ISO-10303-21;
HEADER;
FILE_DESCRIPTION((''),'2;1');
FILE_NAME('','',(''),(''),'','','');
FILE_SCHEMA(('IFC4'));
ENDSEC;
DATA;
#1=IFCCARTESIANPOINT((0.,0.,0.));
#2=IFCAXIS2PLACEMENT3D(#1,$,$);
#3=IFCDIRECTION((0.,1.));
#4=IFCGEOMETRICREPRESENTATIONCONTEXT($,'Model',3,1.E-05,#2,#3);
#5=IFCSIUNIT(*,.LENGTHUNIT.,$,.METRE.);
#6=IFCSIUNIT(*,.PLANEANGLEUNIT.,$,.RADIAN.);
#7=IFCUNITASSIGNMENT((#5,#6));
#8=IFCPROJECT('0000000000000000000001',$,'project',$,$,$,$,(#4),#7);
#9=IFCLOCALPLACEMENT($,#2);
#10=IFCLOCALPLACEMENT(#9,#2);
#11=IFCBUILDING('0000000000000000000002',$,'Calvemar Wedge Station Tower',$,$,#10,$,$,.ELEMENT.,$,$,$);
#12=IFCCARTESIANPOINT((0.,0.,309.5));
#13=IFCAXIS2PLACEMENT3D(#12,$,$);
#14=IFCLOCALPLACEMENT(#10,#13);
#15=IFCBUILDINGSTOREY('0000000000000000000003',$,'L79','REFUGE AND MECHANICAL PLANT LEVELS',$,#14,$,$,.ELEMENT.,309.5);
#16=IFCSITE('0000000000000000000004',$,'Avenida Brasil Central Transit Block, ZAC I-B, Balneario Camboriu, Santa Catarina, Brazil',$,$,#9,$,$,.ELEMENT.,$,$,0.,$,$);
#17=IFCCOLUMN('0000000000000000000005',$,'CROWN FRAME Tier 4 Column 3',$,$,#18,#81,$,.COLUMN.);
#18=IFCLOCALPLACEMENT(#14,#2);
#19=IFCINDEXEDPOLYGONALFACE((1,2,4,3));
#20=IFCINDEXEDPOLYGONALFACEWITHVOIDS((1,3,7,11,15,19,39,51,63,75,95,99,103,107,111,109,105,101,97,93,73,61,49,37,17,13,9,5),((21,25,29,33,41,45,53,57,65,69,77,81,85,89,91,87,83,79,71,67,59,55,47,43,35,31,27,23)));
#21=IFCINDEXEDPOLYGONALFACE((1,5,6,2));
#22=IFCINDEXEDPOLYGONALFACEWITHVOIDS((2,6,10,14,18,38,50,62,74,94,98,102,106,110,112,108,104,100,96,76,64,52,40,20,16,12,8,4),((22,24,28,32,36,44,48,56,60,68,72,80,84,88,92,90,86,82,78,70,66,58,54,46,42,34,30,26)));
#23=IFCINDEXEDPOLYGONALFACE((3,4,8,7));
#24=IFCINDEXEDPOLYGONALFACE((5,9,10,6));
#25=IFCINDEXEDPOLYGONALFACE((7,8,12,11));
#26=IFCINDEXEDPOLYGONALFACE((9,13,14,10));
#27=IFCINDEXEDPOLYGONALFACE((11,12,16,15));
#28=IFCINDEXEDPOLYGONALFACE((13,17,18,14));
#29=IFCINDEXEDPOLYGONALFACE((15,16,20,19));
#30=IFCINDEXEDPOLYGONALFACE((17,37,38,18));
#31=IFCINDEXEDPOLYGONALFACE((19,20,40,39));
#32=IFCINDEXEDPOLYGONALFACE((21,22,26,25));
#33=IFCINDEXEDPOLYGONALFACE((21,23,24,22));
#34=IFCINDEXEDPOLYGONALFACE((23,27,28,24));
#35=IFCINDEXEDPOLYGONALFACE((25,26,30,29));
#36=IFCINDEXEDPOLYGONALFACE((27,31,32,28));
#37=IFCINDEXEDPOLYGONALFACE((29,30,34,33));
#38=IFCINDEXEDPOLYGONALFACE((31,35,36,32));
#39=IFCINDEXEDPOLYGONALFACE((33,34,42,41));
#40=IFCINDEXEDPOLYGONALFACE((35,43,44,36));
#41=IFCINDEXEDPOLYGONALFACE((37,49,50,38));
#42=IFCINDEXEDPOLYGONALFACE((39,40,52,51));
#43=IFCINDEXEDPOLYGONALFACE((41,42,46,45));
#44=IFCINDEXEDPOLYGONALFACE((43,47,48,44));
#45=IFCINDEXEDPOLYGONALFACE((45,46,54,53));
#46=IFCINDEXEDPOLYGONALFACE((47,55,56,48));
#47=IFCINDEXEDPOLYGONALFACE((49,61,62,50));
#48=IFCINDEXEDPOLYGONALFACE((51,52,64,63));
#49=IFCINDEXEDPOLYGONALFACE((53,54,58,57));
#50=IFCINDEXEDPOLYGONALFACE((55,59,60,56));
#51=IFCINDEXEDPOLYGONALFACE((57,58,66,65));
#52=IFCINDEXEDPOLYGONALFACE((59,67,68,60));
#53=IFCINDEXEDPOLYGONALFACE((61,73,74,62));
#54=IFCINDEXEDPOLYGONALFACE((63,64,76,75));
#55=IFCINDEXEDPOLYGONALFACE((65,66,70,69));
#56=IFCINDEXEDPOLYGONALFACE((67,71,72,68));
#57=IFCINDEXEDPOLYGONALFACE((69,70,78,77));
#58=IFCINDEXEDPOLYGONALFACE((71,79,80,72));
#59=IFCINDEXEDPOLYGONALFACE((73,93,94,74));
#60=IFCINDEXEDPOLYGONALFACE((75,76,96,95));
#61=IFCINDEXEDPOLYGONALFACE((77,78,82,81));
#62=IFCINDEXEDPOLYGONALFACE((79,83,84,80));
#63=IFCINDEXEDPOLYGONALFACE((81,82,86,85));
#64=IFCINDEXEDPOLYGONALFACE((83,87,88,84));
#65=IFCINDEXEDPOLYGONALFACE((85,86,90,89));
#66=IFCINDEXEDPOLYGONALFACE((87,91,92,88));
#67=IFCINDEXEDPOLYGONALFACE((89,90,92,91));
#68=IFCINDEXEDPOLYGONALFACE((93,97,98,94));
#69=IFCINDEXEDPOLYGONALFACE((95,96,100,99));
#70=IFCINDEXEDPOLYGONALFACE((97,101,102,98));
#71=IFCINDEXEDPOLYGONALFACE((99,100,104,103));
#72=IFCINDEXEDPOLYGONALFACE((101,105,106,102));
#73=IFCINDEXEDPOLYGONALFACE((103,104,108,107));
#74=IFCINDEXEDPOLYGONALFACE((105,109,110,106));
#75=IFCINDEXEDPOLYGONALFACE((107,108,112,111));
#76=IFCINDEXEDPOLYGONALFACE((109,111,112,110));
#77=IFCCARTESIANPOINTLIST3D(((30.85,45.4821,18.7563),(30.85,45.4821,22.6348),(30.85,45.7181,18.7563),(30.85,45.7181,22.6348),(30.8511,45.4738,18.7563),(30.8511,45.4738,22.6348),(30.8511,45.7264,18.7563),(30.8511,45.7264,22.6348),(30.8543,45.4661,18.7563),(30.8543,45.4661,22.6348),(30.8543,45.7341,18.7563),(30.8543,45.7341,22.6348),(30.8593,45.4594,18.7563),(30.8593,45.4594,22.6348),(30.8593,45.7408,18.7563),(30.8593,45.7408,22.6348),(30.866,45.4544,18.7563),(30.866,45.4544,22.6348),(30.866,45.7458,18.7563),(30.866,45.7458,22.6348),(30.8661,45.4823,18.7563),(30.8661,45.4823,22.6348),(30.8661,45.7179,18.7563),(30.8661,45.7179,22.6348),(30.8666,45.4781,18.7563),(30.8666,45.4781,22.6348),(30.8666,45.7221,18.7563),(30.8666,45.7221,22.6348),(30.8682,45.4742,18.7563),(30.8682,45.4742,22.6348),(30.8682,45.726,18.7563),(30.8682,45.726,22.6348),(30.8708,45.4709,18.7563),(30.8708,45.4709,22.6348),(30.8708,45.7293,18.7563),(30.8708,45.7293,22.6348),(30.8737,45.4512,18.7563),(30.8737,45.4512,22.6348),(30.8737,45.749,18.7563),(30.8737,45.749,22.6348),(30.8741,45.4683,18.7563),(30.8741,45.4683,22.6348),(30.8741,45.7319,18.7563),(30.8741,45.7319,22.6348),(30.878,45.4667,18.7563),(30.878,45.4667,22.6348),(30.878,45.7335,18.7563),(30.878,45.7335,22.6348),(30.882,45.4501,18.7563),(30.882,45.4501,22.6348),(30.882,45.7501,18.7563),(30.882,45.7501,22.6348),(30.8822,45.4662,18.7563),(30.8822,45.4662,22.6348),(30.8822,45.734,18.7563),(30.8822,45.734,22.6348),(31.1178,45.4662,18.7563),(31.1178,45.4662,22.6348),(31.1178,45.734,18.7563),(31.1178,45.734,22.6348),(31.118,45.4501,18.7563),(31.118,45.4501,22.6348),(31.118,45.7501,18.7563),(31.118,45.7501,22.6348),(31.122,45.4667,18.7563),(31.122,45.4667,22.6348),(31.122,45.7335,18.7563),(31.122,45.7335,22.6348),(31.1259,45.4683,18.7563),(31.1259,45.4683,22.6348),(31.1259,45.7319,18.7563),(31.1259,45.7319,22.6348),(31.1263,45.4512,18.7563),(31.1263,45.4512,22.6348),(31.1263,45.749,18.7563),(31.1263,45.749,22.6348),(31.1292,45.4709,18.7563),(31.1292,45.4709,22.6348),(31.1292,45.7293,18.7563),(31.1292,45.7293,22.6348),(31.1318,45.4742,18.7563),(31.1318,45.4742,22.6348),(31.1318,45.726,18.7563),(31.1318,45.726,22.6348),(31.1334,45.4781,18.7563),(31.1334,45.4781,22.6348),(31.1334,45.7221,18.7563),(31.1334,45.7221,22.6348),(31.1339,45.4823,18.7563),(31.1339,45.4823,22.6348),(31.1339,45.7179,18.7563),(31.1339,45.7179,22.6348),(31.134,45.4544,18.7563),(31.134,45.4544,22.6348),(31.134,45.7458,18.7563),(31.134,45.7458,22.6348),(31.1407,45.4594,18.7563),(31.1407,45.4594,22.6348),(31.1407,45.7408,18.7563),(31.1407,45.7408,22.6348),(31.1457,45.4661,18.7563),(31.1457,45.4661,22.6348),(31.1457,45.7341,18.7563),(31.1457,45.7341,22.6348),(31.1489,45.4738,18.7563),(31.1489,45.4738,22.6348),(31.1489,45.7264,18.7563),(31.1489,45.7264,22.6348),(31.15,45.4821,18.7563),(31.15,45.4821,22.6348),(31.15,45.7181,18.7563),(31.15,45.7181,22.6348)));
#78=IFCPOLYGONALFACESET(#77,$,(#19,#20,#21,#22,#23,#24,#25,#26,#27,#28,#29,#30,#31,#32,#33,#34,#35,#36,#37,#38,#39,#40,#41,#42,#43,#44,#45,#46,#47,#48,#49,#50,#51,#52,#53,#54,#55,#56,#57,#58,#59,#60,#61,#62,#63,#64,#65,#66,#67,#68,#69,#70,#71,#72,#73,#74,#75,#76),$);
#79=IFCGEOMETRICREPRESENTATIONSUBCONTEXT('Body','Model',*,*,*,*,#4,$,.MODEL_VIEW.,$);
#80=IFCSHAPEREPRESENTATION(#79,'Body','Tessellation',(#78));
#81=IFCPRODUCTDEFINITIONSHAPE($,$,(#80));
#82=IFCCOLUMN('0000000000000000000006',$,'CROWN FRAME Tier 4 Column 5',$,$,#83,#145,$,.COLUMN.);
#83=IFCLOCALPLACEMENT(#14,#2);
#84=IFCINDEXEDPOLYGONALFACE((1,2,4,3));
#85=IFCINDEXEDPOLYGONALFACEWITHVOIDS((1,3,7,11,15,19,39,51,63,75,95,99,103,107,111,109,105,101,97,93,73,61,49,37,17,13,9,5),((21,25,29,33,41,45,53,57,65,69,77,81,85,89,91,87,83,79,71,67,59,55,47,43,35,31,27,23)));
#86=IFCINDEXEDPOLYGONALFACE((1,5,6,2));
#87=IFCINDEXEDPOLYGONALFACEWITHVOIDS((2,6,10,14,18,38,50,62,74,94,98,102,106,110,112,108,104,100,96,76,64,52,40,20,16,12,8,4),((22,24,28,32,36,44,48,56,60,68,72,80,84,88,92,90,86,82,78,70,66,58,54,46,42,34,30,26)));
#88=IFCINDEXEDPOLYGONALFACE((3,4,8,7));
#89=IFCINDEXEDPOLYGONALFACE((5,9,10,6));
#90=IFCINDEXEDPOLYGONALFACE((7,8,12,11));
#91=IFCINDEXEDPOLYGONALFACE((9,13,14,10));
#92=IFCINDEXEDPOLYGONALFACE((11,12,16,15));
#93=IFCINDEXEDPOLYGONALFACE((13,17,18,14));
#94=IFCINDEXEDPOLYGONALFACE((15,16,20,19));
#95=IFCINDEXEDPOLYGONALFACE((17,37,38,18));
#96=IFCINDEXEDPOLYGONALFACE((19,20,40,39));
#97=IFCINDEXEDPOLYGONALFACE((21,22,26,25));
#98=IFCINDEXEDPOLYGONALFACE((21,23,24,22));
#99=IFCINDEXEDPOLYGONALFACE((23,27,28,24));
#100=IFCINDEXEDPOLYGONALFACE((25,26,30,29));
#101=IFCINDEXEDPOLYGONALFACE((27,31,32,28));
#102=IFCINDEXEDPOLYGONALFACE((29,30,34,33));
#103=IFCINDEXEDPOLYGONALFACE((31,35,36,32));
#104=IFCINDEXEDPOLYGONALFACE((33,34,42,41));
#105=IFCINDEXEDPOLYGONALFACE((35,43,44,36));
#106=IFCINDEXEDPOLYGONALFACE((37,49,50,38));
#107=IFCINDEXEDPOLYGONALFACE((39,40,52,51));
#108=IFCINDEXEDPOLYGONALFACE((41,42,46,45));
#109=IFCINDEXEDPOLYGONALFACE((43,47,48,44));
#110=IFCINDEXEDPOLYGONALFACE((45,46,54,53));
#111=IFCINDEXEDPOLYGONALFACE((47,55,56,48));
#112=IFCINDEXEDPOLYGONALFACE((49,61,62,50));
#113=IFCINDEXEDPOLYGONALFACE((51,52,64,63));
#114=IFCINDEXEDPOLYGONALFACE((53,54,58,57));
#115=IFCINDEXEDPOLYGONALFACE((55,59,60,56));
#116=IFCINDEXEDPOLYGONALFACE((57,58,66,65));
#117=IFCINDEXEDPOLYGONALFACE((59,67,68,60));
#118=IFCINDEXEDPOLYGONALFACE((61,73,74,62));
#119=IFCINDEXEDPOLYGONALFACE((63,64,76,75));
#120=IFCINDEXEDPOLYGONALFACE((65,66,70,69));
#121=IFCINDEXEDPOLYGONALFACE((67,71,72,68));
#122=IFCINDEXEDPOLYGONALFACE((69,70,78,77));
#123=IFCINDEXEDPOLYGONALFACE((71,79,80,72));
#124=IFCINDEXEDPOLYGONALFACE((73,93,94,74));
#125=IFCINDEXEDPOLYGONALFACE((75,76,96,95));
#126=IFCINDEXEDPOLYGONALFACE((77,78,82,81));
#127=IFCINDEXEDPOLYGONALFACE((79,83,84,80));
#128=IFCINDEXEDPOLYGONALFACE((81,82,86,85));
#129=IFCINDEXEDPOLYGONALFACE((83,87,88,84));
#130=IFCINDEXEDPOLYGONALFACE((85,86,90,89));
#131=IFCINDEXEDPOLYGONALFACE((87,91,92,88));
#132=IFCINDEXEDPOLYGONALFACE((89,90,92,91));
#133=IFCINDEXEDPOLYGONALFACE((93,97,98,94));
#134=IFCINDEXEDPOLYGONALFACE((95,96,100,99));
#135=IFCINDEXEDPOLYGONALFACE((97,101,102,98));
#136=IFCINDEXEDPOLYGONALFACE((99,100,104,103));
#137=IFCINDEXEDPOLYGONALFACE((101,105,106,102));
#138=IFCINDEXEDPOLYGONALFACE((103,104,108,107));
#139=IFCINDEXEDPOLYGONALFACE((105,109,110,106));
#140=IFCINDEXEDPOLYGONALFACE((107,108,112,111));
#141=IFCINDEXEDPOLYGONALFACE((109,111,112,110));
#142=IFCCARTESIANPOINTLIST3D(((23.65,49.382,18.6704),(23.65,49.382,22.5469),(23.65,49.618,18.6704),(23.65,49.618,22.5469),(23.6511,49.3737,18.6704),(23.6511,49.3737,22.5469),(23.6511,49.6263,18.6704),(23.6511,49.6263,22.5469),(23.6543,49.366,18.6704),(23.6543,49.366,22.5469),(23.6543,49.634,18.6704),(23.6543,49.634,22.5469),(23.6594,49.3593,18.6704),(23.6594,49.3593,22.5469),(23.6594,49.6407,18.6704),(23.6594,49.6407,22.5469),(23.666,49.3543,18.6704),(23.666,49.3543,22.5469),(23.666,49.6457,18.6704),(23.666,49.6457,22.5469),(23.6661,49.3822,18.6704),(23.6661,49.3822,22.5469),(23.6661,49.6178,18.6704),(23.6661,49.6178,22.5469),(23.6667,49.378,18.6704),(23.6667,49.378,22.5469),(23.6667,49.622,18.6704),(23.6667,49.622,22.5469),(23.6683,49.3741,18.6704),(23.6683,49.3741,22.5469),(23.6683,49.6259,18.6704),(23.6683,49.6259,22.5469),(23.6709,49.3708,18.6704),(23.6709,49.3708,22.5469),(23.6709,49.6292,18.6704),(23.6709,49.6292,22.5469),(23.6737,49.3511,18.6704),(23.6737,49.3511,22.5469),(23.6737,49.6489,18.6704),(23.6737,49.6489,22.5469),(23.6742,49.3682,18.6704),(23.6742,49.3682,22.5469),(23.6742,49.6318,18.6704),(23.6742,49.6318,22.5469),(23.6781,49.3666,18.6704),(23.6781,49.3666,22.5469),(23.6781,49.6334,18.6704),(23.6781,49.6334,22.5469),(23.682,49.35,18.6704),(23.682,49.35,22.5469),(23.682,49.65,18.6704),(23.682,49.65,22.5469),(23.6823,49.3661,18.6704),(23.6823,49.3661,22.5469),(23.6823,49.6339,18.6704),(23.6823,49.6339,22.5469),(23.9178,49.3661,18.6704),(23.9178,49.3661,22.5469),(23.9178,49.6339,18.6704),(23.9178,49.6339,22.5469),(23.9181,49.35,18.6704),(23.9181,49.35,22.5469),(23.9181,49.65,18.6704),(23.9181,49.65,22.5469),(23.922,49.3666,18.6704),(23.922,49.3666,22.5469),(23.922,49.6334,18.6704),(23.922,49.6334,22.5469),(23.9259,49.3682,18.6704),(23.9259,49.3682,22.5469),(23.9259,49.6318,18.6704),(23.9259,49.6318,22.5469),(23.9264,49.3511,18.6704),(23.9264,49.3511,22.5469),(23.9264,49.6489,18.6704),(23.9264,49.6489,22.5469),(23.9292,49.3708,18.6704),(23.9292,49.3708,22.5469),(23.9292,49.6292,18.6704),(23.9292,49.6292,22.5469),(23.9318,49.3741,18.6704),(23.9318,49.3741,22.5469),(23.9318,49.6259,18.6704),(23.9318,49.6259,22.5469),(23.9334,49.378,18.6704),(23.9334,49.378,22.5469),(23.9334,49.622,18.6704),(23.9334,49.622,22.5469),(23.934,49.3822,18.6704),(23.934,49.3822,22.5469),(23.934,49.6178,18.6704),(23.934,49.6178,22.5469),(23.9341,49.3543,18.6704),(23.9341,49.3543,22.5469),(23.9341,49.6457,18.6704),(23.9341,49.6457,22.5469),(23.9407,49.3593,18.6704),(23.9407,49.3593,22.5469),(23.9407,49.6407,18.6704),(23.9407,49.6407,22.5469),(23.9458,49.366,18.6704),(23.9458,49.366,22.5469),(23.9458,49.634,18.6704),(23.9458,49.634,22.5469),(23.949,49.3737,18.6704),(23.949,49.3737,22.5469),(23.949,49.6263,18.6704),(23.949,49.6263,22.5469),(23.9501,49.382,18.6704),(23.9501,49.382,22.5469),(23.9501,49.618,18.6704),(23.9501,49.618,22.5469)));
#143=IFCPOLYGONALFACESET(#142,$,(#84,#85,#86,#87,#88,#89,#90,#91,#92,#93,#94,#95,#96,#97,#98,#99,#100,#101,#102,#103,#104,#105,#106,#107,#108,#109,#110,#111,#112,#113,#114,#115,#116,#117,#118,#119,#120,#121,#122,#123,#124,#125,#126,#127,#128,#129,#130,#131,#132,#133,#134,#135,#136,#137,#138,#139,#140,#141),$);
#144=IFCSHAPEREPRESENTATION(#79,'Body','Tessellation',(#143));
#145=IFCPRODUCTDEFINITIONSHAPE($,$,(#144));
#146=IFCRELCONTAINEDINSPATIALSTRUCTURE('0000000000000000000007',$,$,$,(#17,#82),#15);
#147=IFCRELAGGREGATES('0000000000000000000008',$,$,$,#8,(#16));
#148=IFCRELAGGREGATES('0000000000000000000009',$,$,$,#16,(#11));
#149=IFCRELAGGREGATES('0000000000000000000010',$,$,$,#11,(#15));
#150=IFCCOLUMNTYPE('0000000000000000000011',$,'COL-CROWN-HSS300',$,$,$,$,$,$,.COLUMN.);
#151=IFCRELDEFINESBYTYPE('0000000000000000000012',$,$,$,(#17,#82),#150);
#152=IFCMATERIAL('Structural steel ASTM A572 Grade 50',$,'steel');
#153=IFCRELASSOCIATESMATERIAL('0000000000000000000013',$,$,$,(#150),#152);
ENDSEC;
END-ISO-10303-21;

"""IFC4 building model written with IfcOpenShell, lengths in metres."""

from ifc_helpers import new_model, si_unit, direction, frame, origin, origin_2d, place, context, subcontext, project, spatial, hollow_rectangle, extrude, source, transform, mapped, material, material_profile, profile_set, type_object, element, save


model = new_model("IFC4")

# Units and contexts
model_context = context("Model", 3, precision=1e-05, world=origin(), true_north=direction((0.0, 1.0)))
body_context = subcontext(model_context, "Body", "Model", "MODEL_VIEW")
ifc_project = project(units=[si_unit("LENGTHUNIT", "METRE"), si_unit("PLANEANGLEUNIT", "RADIAN")], contexts=[model_context])

# Site, building, storey
site_placement = place(None, origin())
site = spatial("IfcSite", under=ifc_project, at=site_placement, Name="Avenida Brasil Central Transit Block, ZAC I-B, Balneario Camboriu, Santa Catarina, Brazil", CompositionType="ELEMENT", RefElevation=0.0)
building_placement = place(site_placement, origin())
building = spatial("IfcBuilding", under=site, at=building_placement, Name="Calvemar Wedge Station Tower", CompositionType="ELEMENT")
storey_placement = place(building_placement, frame((0.0, 0.0, 309.5)))
storey = spatial("IfcBuildingStorey", under=building, at=storey_placement, Name="L79", Description="REFUGE AND MECHANICAL PLANT LEVELS", CompositionType="ELEMENT", Elevation=309.5)

# Columns
ifc_material_1 = material(Name="Structural steel ASTM A572 Grade 50", Category="steel")
ifc_material_profile_1 = material_profile(ifc_material_1, hollow_rectangle(XDim=0.3, YDim=0.3, WallThickness=0.0161, InnerFilletRadius=0.0161, OuterFilletRadius=0.032, at=origin_2d()), Name="HSS300x300x16")
ifc_profile_set_1 = profile_set([ifc_material_profile_1], Name="Structural steel ASTM A572 Grade 50")
column_type = type_object("IfcColumnType", Name="COL-CROWN-HSS300", PredefinedType="COLUMN", material=ifc_profile_set_1)
shared_shape_1 = source(origin(), body_context, "Body", "SweptSolid", [
    extrude(hollow_rectangle(XDim=0.3, YDim=0.3, WallThickness=0.0161, InnerFilletRadius=0.0161, OuterFilletRadius=0.032, at=origin_2d()), origin(), (0.0, 0.0, 1.0), 3.8784),
])
column_1_placement = place(storey_placement, frame((31.0, 45.6001, 18.7563), z_axis=(0.0, 0.0, 1.0), x_axis=(1.0, 0.0, 0.0)))
element("IfcColumn", 1, at=column_1_placement, inside=storey, type_object=column_type, Name="CROWN FRAME Tier 4 Column 3", PredefinedType="COLUMN", context=body_context, shape_type="MappedRepresentation", body=[
    mapped(shared_shape_1, transform((0.0, 0.0, 0.0), scale=1.0)),
])
shared_shape_2 = source(origin(), body_context, "Body", "SweptSolid", [
    extrude(hollow_rectangle(XDim=0.3, YDim=0.3, WallThickness=0.0161, InnerFilletRadius=0.0161, OuterFilletRadius=0.032, at=origin_2d()), origin(), (0.0, 0.0, 1.0), 3.8765),
])
column_2_placement = place(storey_placement, frame((23.8, 49.5, 18.6704), z_axis=(0.0, 0.0, 1.0), x_axis=(1.0, 0.0, 0.0)))
element("IfcColumn", 2, at=column_2_placement, inside=storey, type_object=column_type, Name="CROWN FRAME Tier 4 Column 5", PredefinedType="COLUMN", context=body_context, shape_type="MappedRepresentation", body=[
    mapped(shared_shape_2, transform((0.0, 0.0, 0.0), scale=1.0)),
])

save(model, "model.ifc")
